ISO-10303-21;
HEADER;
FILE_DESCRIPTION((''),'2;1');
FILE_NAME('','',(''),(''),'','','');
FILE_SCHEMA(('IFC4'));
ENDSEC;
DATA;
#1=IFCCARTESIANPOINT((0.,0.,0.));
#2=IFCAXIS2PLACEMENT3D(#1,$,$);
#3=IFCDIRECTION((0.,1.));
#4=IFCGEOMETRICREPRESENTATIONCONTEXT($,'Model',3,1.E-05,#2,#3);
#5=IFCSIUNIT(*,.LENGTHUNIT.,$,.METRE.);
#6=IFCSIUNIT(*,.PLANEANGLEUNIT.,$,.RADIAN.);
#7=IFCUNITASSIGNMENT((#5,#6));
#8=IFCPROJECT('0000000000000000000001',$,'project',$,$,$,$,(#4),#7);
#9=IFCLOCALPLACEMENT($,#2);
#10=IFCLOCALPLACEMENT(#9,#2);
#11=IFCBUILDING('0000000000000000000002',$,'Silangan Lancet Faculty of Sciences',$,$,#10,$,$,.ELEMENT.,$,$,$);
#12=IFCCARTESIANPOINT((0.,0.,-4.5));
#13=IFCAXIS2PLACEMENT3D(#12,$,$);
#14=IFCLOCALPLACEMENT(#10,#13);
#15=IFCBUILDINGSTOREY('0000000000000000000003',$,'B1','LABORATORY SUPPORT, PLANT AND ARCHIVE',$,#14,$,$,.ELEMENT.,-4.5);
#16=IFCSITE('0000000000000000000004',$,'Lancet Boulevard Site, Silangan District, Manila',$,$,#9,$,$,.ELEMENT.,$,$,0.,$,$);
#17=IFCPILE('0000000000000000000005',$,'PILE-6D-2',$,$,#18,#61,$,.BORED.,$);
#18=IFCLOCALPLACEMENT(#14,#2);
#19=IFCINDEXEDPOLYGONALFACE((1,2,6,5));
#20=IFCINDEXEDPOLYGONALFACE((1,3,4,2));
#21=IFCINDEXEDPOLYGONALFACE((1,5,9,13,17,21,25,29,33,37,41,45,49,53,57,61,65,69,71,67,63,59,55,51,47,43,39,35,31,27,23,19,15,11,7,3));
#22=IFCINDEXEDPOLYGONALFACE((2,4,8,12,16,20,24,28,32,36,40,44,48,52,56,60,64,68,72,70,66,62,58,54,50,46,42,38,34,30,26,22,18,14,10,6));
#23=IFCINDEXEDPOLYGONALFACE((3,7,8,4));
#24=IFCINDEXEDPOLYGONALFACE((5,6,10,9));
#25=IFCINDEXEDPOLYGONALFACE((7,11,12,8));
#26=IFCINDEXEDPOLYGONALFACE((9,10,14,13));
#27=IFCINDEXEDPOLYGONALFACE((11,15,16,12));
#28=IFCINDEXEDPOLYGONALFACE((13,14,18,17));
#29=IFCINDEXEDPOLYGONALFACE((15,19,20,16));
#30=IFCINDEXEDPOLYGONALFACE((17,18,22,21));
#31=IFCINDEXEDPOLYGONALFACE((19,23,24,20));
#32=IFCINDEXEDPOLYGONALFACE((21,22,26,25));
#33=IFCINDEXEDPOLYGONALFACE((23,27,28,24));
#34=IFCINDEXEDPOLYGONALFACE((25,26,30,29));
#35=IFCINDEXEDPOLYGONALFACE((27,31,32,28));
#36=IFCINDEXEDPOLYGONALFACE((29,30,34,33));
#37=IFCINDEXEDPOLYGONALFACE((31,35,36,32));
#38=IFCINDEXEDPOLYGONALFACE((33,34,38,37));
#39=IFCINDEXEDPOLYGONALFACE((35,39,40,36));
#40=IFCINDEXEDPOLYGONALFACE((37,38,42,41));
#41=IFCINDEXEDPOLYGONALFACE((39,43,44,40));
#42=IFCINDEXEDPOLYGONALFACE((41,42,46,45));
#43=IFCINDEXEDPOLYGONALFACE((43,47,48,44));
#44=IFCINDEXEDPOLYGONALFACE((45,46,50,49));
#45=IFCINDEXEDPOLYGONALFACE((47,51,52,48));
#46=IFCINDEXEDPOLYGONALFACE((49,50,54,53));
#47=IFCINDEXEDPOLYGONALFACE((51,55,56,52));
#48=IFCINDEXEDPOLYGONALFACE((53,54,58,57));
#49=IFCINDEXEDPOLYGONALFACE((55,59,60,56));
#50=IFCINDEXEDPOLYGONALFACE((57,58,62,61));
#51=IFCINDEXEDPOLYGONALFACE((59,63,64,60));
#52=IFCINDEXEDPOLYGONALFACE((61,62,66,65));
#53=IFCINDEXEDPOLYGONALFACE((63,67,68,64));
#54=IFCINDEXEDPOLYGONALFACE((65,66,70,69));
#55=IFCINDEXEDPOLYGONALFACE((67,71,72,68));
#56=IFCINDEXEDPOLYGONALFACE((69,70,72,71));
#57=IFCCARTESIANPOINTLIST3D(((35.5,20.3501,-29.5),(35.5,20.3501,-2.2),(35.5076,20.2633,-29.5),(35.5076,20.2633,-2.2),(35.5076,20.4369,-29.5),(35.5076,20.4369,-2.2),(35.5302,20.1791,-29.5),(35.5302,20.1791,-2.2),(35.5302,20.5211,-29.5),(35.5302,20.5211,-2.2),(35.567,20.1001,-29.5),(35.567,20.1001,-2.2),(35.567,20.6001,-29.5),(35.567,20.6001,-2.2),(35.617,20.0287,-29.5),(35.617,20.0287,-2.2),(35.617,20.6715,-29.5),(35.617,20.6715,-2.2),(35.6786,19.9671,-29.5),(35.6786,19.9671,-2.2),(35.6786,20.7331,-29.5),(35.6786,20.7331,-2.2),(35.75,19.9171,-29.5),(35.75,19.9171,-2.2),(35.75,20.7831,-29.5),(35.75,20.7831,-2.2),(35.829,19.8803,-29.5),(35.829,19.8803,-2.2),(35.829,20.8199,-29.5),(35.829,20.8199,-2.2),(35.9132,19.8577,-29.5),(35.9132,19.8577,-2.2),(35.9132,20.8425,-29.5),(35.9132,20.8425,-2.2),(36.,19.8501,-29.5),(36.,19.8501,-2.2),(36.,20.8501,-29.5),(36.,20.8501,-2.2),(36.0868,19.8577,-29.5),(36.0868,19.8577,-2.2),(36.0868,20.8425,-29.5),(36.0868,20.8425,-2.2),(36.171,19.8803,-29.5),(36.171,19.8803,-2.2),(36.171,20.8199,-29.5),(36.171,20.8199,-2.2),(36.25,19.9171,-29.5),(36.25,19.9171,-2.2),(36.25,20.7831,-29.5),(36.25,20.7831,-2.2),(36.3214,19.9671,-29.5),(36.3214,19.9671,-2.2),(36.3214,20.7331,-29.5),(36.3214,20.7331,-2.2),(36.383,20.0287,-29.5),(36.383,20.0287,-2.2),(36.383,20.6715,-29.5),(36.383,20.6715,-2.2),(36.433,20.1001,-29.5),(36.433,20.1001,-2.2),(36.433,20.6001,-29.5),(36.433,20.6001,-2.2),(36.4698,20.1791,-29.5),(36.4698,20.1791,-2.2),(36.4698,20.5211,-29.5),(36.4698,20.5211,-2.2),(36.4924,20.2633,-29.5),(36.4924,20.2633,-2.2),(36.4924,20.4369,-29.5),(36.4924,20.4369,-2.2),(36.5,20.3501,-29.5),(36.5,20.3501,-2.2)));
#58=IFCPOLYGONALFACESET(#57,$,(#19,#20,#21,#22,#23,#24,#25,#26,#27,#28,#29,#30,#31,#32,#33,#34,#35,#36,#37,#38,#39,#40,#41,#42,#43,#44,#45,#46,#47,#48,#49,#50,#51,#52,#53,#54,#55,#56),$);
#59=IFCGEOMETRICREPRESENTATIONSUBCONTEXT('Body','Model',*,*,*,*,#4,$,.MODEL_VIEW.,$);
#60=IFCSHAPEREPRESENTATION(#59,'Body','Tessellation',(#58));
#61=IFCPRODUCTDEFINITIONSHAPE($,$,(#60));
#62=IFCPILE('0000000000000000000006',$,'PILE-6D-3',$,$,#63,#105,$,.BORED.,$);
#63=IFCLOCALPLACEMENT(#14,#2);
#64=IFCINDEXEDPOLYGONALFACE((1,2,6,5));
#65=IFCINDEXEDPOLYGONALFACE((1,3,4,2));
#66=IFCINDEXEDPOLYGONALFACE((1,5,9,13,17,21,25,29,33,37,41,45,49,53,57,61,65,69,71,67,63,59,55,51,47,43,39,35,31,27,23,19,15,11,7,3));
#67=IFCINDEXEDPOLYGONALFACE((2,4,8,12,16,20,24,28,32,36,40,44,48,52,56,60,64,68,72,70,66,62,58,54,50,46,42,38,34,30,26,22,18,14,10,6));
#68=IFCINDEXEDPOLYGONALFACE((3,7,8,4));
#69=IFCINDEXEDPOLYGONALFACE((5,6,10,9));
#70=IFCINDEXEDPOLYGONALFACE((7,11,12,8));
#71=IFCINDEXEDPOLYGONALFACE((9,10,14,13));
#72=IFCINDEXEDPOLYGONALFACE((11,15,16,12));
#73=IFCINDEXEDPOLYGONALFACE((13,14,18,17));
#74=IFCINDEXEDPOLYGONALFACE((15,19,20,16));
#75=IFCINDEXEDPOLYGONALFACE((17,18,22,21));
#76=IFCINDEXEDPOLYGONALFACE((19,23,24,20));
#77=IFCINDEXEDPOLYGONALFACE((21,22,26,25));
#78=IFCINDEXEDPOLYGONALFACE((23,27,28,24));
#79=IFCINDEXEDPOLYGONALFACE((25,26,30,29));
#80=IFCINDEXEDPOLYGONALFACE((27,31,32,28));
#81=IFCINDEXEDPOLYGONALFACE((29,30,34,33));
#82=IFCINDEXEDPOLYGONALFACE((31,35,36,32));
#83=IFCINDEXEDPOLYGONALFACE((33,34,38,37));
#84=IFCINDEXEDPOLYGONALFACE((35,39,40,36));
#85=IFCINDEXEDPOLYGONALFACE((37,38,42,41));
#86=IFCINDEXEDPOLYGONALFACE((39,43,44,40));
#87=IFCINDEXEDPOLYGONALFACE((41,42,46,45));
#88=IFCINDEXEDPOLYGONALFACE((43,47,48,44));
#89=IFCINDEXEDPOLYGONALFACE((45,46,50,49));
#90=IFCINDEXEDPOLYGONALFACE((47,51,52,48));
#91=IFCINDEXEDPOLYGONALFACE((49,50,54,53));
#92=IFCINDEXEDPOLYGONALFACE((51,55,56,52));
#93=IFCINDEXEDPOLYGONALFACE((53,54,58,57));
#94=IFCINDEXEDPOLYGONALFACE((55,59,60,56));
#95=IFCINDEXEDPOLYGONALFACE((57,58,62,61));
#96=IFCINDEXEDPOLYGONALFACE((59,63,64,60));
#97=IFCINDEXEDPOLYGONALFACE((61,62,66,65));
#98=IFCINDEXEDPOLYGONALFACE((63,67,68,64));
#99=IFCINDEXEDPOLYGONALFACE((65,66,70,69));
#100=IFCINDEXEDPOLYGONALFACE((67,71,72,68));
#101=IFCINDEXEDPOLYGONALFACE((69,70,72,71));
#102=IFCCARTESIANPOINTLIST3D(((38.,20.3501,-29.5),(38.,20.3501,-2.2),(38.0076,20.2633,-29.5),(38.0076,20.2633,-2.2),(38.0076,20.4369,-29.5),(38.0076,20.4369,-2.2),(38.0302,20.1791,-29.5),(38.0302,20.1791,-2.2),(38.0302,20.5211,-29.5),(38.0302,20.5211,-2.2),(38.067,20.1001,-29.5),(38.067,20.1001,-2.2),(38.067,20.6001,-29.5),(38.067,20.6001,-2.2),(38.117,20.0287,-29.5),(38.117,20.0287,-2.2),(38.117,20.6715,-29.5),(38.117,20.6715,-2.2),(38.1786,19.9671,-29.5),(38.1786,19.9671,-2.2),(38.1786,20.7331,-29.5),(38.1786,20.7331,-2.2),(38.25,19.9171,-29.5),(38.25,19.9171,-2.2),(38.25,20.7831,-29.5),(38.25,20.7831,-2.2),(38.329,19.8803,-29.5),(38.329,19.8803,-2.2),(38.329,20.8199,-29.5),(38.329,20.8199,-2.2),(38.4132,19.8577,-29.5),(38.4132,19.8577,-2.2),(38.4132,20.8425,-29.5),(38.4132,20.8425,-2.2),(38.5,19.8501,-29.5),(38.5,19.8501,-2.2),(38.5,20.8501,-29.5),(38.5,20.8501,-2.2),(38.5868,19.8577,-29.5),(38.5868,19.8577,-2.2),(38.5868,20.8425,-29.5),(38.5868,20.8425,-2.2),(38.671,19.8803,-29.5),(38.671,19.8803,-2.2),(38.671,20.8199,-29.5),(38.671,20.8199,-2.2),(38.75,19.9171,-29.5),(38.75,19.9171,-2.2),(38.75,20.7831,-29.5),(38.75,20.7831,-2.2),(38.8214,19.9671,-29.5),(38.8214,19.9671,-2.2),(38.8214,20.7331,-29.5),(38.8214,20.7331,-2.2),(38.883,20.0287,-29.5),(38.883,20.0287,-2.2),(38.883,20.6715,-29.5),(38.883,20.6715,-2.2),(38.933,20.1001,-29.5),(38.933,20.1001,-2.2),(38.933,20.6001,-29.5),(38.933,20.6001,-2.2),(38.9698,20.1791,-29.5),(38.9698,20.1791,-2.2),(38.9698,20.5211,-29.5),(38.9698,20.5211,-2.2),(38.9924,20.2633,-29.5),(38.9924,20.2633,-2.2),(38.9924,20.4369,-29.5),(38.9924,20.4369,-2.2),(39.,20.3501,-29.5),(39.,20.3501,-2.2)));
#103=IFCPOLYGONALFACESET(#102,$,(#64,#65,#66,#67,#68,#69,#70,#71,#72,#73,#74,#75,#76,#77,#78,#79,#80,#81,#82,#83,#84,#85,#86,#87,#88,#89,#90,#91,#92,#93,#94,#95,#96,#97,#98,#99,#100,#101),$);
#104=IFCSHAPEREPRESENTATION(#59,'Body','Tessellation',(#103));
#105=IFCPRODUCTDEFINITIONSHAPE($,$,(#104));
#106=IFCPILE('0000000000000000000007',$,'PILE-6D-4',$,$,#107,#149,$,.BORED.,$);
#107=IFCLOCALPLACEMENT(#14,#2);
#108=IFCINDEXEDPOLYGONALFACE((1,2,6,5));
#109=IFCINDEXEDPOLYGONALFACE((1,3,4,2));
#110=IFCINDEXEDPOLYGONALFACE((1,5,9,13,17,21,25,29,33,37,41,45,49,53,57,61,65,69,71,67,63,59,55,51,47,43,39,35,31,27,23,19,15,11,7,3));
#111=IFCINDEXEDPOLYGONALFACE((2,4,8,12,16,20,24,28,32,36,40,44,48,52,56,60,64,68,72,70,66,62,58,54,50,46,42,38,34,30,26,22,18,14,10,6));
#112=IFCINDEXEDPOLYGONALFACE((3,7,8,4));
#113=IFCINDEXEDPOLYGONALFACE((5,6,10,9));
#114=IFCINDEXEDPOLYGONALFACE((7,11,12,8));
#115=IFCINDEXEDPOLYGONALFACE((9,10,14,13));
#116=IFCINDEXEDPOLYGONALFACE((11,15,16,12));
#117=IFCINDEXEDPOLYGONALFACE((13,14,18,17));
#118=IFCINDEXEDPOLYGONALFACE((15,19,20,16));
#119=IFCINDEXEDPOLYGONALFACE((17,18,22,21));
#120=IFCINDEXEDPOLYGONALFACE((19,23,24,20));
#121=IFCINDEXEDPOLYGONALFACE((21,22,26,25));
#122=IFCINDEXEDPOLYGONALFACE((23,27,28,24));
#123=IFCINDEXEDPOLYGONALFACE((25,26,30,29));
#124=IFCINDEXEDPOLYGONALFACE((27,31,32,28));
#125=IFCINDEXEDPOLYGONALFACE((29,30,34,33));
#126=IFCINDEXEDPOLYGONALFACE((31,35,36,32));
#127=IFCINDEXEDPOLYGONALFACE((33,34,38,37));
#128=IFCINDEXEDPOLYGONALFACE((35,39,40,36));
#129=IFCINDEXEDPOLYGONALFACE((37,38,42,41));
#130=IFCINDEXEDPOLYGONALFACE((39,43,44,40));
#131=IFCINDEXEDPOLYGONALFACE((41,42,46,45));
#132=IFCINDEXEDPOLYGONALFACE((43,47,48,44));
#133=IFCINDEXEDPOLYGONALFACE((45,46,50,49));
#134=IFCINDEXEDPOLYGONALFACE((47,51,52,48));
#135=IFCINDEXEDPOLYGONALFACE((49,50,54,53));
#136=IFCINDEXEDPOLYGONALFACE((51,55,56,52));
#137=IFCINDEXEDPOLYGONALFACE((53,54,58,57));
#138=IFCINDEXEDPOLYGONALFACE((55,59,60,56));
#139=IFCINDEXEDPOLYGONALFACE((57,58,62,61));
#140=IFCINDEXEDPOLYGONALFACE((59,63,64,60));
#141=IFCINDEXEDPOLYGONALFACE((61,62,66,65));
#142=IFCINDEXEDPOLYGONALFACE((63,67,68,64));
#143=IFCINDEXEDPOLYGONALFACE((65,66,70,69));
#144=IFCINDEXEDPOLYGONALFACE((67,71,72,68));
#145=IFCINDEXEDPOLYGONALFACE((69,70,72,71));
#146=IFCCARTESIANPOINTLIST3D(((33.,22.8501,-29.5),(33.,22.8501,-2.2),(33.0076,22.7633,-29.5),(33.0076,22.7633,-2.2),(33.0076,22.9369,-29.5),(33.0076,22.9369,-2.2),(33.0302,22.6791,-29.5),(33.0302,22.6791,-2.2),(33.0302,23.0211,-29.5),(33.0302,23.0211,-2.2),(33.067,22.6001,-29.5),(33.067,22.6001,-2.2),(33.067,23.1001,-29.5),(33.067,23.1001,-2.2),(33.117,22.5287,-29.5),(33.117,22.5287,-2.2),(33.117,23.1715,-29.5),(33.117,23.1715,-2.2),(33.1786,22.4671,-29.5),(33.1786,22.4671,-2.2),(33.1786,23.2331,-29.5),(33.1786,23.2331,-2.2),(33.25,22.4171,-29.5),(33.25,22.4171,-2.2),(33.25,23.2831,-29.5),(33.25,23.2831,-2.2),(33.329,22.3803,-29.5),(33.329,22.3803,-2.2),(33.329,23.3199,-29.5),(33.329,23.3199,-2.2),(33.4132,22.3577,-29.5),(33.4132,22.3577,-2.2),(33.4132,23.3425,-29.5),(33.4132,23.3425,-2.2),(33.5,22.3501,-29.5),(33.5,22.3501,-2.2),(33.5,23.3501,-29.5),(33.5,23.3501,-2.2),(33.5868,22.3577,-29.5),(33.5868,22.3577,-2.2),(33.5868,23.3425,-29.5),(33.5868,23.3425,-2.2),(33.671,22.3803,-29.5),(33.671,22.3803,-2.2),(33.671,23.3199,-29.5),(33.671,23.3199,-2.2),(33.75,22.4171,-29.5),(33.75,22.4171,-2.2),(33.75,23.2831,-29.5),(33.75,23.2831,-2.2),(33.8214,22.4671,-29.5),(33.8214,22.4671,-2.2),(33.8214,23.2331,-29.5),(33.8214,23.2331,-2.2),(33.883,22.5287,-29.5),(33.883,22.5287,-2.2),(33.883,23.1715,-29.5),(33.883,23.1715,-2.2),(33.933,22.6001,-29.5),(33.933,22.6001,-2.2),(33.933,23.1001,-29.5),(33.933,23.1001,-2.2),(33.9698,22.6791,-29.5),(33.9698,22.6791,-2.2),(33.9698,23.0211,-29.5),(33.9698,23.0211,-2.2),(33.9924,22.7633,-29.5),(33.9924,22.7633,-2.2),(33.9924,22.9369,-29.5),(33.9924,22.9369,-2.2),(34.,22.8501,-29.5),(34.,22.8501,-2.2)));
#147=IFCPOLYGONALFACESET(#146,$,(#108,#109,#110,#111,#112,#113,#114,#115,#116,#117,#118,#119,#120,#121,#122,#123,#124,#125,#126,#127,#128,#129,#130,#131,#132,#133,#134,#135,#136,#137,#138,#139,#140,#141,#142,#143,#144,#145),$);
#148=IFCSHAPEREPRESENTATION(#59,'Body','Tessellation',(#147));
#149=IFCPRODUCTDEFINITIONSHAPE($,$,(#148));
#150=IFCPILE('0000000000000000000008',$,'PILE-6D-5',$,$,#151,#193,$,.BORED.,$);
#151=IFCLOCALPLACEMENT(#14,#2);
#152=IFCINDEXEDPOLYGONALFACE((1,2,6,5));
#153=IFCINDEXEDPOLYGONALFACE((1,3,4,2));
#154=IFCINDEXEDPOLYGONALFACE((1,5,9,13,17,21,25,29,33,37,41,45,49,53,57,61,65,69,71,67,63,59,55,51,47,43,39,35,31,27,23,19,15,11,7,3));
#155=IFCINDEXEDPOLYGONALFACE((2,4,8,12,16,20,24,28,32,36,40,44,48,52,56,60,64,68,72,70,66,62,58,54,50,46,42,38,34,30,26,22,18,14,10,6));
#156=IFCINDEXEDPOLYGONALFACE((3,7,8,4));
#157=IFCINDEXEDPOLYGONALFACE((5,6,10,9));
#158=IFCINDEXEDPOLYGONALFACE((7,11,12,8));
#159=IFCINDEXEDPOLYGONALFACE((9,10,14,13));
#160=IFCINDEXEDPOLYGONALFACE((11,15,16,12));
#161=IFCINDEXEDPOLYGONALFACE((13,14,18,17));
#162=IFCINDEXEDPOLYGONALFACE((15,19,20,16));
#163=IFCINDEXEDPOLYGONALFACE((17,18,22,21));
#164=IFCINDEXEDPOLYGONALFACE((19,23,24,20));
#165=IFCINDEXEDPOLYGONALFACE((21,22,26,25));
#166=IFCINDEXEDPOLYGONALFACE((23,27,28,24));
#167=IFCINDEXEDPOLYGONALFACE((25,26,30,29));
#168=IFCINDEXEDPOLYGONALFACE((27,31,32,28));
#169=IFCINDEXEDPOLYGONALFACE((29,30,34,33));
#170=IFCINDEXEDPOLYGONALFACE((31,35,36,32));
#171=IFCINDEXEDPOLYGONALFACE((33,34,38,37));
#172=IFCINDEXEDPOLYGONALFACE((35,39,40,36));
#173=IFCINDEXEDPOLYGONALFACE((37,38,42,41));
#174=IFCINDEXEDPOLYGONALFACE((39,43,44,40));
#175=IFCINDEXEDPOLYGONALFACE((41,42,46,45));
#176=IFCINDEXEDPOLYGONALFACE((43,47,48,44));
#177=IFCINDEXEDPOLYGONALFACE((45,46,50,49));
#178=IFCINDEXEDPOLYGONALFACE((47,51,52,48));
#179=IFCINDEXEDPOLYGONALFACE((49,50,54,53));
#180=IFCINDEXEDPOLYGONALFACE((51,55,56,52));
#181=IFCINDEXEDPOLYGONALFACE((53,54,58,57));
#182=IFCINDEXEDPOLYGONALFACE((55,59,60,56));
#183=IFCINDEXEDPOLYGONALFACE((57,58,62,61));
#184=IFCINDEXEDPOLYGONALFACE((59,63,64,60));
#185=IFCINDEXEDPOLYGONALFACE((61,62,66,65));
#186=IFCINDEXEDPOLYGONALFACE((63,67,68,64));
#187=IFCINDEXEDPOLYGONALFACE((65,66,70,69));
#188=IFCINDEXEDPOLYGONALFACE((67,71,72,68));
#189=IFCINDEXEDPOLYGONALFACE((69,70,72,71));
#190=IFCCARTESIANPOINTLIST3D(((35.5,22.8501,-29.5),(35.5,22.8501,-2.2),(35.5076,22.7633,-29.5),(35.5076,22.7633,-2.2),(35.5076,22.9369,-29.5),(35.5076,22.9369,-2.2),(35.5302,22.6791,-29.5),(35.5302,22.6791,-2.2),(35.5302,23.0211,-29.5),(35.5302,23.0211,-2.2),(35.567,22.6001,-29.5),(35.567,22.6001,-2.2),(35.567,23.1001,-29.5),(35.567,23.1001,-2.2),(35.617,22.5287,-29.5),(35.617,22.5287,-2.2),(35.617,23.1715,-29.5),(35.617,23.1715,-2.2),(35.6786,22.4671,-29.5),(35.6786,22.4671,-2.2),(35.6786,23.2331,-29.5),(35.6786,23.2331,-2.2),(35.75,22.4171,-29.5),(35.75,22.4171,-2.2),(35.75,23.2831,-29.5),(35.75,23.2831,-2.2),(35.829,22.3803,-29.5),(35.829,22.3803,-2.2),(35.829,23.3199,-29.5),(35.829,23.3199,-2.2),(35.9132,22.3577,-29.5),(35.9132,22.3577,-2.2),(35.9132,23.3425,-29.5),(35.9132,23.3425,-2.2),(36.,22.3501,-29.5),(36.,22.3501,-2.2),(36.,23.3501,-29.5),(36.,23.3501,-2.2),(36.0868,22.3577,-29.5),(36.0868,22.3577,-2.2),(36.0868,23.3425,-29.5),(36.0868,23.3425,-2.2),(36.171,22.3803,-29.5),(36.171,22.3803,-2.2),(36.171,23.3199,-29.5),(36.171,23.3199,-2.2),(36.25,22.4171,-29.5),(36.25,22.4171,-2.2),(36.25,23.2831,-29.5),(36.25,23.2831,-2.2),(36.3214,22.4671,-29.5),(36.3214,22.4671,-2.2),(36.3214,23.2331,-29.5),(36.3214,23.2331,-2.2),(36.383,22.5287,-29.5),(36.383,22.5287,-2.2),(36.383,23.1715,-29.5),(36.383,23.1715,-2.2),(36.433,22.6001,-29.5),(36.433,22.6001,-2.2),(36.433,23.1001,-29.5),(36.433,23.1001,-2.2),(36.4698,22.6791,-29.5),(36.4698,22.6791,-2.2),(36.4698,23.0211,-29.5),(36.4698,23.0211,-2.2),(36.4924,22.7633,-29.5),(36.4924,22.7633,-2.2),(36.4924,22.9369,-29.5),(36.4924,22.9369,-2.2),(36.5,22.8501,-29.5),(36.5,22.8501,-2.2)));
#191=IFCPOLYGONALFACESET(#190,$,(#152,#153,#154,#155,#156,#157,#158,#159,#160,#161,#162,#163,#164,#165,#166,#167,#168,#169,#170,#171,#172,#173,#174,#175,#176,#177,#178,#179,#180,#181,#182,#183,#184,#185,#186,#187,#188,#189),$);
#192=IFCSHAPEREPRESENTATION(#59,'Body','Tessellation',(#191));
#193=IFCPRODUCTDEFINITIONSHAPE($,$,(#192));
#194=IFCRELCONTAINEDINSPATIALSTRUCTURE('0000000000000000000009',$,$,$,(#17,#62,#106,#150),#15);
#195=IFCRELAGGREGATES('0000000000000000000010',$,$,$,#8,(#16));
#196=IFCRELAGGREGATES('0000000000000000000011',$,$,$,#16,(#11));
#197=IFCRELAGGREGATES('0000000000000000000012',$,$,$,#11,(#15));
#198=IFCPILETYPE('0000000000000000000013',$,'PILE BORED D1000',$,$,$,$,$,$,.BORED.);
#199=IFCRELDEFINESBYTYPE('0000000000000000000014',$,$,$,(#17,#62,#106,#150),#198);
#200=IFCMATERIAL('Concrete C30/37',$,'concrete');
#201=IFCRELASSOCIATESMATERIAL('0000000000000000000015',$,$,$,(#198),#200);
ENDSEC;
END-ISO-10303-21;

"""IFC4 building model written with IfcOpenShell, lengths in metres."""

from ifc_helpers import new_model, si_unit, direction, frame, origin, origin_2d, place, context, subcontext, project, spatial, circle, extrude, material, material_profile, profile_set, type_object, element, save


model = new_model("IFC4")

# Units and contexts
model_context = context("Model", 3, precision=1e-05, world=origin(), true_north=direction((0.0, 1.0)))
body_context = subcontext(model_context, "Body", "Model", "MODEL_VIEW")
ifc_project = project(units=[si_unit("LENGTHUNIT", "METRE"), si_unit("PLANEANGLEUNIT", "RADIAN")], contexts=[model_context])

# Site, building, storey
site_placement = place(None, origin())
site = spatial("IfcSite", under=ifc_project, at=site_placement, Name="Lancet Boulevard Site, Silangan District, Manila", CompositionType="ELEMENT", RefElevation=0.0)
building_placement = place(site_placement, origin())
building = spatial("IfcBuilding", under=site, at=building_placement, Name="Silangan Lancet Faculty of Sciences", CompositionType="ELEMENT")
storey_placement = place(building_placement, frame((0.0, 0.0, -4.5)))
storey = spatial("IfcBuildingStorey", under=building, at=storey_placement, Name="B1", Description="LABORATORY SUPPORT, PLANT AND ARCHIVE", CompositionType="ELEMENT", Elevation=-4.5)

# Piles
ifc_material_1 = material(Name="Concrete C30/37", Category="concrete")
ifc_material_profile_1 = material_profile(ifc_material_1, circle(Radius=0.5, at=origin_2d()), Name="BORED PILE D1000")
ifc_profile_set_1 = profile_set([ifc_material_profile_1], Name="Concrete C30/37")
pile_type = type_object("IfcPileType", Name="PILE BORED D1000", PredefinedType="BORED", material=ifc_profile_set_1)
for number, where, z_axis, x_axis, name in (
    (1, (36.0, 20.3501, -2.2), (0.0, 0.0, -1.0), (1.0, 0.0, 0.0), "PILE-6D-2"),
    (2, (38.5, 20.3501, -2.2), (0.0, 0.0, -1.0), (1.0, 0.0, 0.0), "PILE-6D-3"),
    (3, (33.5, 22.8501, -2.2), (0.0, 0.0, -1.0), (1.0, 0.0, 0.0), "PILE-6D-4"),
    (4, (36.0, 22.8501, -2.2), (0.0, 0.0, -1.0), (1.0, 0.0, 0.0), "PILE-6D-5"),
):
    element("IfcPile", number, at=place(storey_placement, frame(where, z_axis=z_axis, x_axis=x_axis)), inside=storey, type_object=pile_type, Name=name, PredefinedType="BORED", context=body_context, shape_type="SweptSolid", body=[
        extrude(circle(Radius=0.5, at=origin_2d()), origin(), (0.0, 0.0, 1.0), 27.3),
    ])

save(model, "model.ifc")
